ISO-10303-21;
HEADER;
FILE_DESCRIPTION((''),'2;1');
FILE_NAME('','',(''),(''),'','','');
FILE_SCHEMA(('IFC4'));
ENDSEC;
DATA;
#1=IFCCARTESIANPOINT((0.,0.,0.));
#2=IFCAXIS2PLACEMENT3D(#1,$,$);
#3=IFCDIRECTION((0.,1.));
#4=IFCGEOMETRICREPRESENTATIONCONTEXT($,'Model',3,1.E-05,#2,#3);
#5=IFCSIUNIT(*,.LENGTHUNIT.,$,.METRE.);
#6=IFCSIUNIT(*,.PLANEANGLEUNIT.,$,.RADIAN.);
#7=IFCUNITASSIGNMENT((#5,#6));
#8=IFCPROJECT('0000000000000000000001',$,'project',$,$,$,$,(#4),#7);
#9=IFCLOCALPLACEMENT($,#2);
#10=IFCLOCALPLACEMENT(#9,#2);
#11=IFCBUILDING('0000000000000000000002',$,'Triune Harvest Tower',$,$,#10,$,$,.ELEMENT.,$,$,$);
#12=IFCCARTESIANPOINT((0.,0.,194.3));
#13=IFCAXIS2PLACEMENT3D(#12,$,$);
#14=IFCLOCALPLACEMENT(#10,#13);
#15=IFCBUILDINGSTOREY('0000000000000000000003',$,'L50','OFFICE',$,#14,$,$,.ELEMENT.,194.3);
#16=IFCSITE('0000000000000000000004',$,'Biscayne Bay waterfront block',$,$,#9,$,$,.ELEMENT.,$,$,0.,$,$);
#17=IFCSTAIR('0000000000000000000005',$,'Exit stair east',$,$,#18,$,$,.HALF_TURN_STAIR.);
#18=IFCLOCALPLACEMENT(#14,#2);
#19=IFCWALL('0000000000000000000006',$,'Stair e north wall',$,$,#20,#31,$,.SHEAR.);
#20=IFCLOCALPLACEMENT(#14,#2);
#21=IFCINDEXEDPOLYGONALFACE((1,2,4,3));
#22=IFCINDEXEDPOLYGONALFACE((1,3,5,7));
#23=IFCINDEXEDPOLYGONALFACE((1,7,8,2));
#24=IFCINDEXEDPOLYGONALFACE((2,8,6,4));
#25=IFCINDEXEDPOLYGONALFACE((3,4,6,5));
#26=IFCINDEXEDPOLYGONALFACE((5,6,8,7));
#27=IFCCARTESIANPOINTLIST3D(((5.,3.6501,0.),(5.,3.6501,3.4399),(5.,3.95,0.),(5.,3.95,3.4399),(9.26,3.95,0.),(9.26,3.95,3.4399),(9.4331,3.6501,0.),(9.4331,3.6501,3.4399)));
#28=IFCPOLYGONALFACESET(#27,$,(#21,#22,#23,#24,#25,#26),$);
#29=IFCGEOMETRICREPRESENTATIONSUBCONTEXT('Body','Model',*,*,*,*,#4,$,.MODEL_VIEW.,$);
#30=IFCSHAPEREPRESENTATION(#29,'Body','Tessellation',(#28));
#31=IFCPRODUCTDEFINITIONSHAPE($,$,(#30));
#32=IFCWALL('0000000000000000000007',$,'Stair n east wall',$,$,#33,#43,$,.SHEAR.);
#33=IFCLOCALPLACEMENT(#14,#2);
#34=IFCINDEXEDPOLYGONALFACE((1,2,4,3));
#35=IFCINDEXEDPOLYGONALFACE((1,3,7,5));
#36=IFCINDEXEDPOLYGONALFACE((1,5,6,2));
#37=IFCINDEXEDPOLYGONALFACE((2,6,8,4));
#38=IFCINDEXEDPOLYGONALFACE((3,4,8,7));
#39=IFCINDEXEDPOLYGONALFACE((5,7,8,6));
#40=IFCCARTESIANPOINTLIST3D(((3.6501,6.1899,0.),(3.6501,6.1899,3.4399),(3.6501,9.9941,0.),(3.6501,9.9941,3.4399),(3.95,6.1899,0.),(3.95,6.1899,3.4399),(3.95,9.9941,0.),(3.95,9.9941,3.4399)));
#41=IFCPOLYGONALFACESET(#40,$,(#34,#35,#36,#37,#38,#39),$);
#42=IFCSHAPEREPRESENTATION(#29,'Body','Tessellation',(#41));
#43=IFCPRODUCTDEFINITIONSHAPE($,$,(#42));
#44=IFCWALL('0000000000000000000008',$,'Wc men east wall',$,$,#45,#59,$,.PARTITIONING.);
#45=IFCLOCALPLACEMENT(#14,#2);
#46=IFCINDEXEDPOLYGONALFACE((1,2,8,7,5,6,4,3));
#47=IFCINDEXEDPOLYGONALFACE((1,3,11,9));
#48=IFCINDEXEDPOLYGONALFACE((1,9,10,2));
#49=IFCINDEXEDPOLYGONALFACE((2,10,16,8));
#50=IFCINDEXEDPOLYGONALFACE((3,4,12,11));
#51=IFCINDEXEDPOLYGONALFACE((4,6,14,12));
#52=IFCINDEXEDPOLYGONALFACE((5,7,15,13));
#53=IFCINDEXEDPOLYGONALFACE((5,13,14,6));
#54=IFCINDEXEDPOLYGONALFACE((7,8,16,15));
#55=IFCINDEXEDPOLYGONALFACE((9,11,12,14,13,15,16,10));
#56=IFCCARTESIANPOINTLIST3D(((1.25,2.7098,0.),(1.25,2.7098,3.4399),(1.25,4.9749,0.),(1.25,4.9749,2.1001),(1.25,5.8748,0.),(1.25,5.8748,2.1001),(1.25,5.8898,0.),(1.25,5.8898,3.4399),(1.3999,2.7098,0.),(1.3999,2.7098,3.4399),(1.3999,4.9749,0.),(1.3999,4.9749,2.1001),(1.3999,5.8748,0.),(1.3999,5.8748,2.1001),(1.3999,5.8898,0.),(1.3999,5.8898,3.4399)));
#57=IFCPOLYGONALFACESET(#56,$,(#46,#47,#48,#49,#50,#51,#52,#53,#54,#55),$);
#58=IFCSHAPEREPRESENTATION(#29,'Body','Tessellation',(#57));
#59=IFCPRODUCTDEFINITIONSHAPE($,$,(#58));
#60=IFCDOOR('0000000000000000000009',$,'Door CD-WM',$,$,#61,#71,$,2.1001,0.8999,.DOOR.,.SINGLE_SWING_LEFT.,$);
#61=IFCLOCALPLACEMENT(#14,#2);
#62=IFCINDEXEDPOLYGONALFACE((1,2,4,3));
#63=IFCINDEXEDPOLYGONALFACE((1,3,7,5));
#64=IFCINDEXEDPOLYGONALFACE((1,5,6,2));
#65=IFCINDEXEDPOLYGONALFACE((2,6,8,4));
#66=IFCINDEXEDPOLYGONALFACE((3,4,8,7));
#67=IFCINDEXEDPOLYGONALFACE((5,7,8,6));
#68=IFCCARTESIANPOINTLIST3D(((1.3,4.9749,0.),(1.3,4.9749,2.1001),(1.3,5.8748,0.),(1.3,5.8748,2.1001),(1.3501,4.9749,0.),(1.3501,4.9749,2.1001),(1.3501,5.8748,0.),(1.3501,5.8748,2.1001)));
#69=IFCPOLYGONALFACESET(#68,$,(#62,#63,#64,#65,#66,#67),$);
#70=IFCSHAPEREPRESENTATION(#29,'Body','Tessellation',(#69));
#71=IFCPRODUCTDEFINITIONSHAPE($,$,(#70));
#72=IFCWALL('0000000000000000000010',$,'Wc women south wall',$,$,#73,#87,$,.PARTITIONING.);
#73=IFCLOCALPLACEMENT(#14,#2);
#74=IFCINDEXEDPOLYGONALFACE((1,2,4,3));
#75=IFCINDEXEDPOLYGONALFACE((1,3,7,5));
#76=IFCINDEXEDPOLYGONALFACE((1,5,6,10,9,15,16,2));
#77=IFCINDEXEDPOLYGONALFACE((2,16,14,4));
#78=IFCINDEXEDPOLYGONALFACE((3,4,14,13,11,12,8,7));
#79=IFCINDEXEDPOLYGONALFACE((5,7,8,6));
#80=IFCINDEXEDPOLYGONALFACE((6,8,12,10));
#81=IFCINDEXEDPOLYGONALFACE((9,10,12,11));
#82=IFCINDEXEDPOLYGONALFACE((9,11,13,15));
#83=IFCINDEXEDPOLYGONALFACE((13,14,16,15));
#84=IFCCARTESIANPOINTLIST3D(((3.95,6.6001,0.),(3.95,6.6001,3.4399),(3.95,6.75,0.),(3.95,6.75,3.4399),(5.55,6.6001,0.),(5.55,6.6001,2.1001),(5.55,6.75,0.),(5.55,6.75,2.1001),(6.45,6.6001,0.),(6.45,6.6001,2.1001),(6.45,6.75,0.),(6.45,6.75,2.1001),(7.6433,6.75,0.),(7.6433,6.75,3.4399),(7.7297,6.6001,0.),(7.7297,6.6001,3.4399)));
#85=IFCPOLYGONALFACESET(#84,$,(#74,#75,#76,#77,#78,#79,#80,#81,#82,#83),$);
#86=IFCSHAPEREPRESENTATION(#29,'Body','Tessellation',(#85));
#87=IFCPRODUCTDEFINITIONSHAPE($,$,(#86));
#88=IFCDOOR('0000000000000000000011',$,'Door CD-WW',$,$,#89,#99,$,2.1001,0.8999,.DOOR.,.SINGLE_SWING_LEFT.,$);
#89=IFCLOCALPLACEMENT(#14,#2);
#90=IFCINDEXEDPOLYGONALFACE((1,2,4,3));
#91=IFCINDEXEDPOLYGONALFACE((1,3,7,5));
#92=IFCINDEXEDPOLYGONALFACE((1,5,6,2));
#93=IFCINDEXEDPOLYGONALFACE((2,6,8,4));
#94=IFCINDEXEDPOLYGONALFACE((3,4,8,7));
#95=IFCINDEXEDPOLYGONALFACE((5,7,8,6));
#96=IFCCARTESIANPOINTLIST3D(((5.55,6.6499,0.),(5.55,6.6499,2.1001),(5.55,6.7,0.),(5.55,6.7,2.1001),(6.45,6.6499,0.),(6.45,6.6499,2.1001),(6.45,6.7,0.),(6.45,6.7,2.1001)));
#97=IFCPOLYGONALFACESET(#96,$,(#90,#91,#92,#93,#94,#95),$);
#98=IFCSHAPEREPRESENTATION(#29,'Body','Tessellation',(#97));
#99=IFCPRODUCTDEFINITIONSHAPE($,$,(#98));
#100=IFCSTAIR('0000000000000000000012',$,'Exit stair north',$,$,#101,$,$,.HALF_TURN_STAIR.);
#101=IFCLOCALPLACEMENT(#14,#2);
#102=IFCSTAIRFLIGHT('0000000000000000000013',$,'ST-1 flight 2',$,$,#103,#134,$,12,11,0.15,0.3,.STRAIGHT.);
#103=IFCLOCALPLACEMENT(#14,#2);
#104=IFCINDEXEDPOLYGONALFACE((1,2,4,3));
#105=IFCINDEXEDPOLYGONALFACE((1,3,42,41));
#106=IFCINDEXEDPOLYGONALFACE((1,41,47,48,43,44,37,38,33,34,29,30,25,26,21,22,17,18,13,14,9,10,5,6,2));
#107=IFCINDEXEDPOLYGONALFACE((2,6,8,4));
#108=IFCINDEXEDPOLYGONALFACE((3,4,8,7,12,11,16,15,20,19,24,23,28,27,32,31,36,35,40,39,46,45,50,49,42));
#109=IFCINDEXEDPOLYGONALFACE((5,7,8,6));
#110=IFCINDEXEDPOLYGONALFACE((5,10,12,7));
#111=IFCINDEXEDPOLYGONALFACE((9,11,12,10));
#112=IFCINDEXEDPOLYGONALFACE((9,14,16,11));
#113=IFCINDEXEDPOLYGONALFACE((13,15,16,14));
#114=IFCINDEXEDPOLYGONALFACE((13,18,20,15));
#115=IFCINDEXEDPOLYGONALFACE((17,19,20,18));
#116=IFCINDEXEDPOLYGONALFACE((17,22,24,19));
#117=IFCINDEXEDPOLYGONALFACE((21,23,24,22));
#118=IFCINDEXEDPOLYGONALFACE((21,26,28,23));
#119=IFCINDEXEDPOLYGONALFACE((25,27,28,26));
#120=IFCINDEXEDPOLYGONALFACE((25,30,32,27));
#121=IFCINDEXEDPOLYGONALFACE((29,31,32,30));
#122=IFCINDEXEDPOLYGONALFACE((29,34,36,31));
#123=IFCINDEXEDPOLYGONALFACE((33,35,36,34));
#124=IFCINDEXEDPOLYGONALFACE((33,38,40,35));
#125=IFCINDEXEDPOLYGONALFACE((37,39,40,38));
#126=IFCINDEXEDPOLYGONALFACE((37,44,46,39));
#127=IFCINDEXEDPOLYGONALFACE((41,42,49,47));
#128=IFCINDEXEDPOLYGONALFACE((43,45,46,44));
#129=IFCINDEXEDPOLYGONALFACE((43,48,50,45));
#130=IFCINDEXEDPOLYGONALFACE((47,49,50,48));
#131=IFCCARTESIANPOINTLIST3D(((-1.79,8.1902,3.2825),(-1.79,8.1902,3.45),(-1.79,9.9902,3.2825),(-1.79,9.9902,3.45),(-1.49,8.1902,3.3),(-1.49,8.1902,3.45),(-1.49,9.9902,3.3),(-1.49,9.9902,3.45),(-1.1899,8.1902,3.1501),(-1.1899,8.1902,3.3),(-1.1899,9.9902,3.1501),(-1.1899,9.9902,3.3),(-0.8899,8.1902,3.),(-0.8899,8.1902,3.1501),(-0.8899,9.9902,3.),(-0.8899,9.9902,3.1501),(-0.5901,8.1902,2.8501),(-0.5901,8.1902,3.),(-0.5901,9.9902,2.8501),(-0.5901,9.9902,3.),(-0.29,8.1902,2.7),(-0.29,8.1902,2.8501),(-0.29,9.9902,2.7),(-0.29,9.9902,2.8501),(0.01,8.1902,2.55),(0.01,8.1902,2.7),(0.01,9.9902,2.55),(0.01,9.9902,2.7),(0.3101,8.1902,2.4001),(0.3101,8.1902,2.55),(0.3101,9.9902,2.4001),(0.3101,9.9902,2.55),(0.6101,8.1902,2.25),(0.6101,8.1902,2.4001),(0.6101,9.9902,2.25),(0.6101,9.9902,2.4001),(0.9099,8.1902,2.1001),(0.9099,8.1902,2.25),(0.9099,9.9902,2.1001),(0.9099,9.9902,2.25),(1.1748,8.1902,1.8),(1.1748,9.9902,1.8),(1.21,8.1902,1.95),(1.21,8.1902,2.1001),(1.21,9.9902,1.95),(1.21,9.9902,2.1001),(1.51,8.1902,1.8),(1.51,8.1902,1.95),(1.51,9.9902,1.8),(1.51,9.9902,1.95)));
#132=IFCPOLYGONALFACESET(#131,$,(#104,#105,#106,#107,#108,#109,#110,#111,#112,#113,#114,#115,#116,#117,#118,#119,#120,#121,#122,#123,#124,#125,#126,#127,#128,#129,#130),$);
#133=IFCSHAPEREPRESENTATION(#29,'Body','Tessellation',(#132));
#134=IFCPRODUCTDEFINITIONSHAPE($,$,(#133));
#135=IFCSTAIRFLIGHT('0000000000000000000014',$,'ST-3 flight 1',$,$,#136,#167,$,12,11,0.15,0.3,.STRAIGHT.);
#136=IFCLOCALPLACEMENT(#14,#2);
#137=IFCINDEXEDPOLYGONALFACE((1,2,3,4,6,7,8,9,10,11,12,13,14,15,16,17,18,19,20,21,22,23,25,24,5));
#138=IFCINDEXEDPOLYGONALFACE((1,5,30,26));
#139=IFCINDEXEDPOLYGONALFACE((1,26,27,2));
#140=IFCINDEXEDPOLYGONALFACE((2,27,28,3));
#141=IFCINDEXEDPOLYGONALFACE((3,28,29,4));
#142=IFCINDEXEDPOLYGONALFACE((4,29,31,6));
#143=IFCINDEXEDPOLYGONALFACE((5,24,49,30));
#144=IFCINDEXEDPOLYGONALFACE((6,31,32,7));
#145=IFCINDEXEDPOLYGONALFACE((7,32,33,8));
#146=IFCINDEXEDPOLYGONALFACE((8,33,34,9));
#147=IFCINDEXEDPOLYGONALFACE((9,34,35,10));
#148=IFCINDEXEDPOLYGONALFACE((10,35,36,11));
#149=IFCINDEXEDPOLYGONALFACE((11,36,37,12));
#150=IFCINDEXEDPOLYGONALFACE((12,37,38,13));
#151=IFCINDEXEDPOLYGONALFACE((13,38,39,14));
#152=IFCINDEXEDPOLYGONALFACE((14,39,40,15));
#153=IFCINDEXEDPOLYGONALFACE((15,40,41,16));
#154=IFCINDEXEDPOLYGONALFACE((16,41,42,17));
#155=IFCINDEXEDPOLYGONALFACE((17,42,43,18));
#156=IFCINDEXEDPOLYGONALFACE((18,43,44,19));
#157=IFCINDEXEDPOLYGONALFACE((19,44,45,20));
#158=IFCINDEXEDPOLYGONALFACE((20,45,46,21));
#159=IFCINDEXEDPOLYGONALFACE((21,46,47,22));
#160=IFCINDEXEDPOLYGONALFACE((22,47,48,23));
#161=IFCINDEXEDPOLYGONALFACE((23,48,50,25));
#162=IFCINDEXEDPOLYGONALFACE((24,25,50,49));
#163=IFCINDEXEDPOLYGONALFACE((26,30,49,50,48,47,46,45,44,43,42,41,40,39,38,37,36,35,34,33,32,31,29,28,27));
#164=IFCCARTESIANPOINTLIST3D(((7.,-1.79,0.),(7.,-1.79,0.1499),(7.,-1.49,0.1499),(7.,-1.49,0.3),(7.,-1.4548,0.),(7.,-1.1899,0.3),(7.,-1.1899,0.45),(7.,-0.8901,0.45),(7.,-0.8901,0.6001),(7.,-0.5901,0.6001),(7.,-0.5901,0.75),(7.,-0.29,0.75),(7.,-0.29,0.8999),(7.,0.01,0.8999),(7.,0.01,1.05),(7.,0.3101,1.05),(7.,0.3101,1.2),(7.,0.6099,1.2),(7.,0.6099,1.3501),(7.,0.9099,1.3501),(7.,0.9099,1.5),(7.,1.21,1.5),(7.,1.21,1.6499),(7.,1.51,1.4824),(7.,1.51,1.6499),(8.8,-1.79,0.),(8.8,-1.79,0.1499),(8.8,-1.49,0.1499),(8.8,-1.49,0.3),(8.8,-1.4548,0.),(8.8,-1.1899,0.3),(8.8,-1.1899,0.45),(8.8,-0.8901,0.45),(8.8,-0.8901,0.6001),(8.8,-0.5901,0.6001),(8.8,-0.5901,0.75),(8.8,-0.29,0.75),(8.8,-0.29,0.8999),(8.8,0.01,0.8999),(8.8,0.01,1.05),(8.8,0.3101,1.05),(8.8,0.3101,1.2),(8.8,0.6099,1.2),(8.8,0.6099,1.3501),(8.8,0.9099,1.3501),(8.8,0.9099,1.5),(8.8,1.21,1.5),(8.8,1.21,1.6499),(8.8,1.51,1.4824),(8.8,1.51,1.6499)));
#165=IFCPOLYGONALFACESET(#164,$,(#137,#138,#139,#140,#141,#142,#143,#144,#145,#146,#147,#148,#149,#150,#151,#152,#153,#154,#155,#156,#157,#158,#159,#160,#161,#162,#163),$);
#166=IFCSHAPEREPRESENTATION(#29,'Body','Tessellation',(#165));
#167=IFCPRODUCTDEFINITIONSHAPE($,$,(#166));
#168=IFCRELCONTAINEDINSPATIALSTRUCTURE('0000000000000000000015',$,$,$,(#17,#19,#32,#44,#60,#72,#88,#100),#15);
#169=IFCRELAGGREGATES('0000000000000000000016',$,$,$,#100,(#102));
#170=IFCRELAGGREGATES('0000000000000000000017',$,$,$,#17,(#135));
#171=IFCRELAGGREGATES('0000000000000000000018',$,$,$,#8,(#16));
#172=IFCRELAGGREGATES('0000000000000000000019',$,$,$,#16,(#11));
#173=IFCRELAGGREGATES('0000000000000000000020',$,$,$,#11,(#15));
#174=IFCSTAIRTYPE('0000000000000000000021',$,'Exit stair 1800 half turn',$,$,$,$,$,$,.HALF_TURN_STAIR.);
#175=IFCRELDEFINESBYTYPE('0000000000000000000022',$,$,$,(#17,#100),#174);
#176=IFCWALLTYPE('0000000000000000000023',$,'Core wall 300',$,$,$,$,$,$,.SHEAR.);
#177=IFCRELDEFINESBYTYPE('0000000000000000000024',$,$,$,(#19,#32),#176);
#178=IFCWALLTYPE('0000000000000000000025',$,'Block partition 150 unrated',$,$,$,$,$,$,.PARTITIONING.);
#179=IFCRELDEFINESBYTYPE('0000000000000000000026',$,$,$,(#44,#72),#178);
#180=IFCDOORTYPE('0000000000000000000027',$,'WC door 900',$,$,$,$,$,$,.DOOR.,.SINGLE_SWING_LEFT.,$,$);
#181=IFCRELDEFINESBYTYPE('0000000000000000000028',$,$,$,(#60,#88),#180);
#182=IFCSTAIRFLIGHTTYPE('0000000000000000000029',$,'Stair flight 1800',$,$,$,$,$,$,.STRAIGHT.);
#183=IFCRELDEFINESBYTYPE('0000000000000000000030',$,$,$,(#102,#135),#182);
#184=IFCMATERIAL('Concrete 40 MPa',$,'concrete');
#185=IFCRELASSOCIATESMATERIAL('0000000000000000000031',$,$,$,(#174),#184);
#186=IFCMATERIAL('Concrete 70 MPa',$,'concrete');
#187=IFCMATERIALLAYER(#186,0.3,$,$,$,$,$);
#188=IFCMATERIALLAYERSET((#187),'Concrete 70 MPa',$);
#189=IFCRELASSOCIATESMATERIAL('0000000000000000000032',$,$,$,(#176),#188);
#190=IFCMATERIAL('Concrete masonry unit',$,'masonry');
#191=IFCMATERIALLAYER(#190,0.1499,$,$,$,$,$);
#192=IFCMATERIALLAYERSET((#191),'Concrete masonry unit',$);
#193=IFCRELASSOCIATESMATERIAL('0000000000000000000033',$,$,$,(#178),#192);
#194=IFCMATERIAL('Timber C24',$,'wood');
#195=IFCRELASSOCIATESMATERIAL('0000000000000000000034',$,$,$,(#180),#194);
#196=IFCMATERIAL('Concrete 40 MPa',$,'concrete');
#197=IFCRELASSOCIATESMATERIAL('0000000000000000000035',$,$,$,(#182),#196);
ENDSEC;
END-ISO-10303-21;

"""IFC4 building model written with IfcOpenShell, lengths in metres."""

from ifc_helpers import new_model, si_unit, direction, frame, frame_2d, origin, place, context, subcontext, project, spatial, polyline, rectangle, outline, extrude, source, transform, mapped, material, layer, layer_set, type_object, element, fill, aggregate, save


model = new_model("IFC4")

# Units and contexts
model_context = context("Model", 3, precision=1e-05, world=origin(), true_north=direction((0.0, 1.0)))
body_context = subcontext(model_context, "Body", "Model", "MODEL_VIEW")
ifc_project = project(units=[si_unit("LENGTHUNIT", "METRE"), si_unit("PLANEANGLEUNIT", "RADIAN")], contexts=[model_context])

# Site, building, storey
site_placement = place(None, origin())
site = spatial("IfcSite", under=ifc_project, at=site_placement, Name="Biscayne Bay waterfront block", CompositionType="ELEMENT", RefElevation=0.0)
building_placement = place(site_placement, origin())
building = spatial("IfcBuilding", under=site, at=building_placement, Name="Triune Harvest Tower", CompositionType="ELEMENT")
storey_placement = place(building_placement, frame((0.0, 0.0, 194.3)))
storey = spatial("IfcBuildingStorey", under=building, at=storey_placement, Name="L50", Description="OFFICE", CompositionType="ELEMENT", Elevation=194.3)

# Shared definitions
ifc_material_1 = material(Name="Concrete 40 MPa", Category="concrete")
stair_type = type_object("IfcStairType", Name="Exit stair 1800 half turn", PredefinedType="HALF_TURN_STAIR", material=ifc_material_1)

# Stair
stair_1_placement = place(storey_placement, origin())
stair_1 = element("IfcStair", 1, at=stair_1_placement, inside=storey, type_object=stair_type, Name="Exit stair east", PredefinedType="HALF_TURN_STAIR")

# Shared definitions
ifc_material_2 = material(Name="Concrete 70 MPa", Category="concrete")
ifc_layer_1 = layer(ifc_material_2, 0.3)
ifc_layer_set_1 = layer_set([ifc_layer_1], Name="Concrete 70 MPa")
wall_type_1 = type_object("IfcWallType", Name="Core wall 300", PredefinedType="SHEAR", material=ifc_layer_set_1)

# Walls
shared_shape_1 = source(origin(), body_context, "Body", "SweptSolid", [
    extrude(outline(polyline([(0.0, -0.1499), (0.0, 0.1499), (4.26, 0.1499), (4.4331, -0.1499), (0.0, -0.1499)])), origin(), (0.0, 0.0, 1.0), 3.4399),
])
wall_1_placement = place(storey_placement, frame((5.0, 3.8, 0.0), z_axis=(0.0, 0.0, 1.0), x_axis=(1.0, 0.0, 0.0)))
element("IfcWall", 2, at=wall_1_placement, inside=storey, type_object=wall_type_1, Name="Stair e north wall", PredefinedType="SHEAR", context=body_context, shape_type="MappedRepresentation", body=[
    mapped(shared_shape_1, transform((0.0, 0.0, 0.0), scale=1.0)),
])
shared_shape_2 = source(origin(), body_context, "Body", "SweptSolid", [
    extrude(outline(polyline([(0.0, -0.1499), (0.0, 0.1499), (3.8042, 0.1499), (3.8042, -0.1499), (0.0, -0.1499)])), origin(), (0.0, 0.0, 1.0), 3.4399),
])
wall_2_placement = place(storey_placement, frame((3.8, 6.1899, 0.0), z_axis=(0.0, 0.0, 1.0), x_axis=(0.0, 1.0, 0.0)))
element("IfcWall", 3, at=wall_2_placement, inside=storey, type_object=wall_type_1, Name="Stair n east wall", PredefinedType="SHEAR", context=body_context, shape_type="MappedRepresentation", body=[
    mapped(shared_shape_2, transform((0.0, 0.0, 0.0), scale=1.0)),
])

# Walls, openings, doors
ifc_material_3 = material(Name="Concrete masonry unit", Category="masonry")
ifc_layer_2 = layer(ifc_material_3, 0.1499)
ifc_layer_set_2 = layer_set([ifc_layer_2], Name="Concrete masonry unit")
wall_type_2 = type_object("IfcWallType", Name="Block partition 150 unrated", PredefinedType="PARTITIONING", material=ifc_layer_set_2)
shared_shape_3 = source(origin(), body_context, "Body", "SweptSolid", [
    extrude(rectangle(XDim=3.1799, YDim=0.1499, at=frame_2d((1.5898, 0.0))), origin(), (0.0, 0.0, 1.0), 3.4399),
])
wall_3_placement = place(storey_placement, frame((1.325, 2.71, 0.0), z_axis=(0.0, 0.0, 1.0), x_axis=(0.0, 1.0, 0.0)))
wall_3 = element("IfcWall", 4, at=wall_3_placement, inside=storey, type_object=wall_type_2, Name="Wc men east wall", PredefinedType="PARTITIONING", context=body_context, shape_type="MappedRepresentation", body=[
    mapped(shared_shape_3, transform((0.0, 0.0, 0.0), scale=1.0)),
])
opening_1_placement = place(wall_3_placement, frame((2.2649, 0.0, 0.0)))
opening_1 = element("IfcOpeningElement", 5, at=opening_1_placement, cuts=wall_3, PredefinedType="OPENING", context=body_context, shape_type="SweptSolid", body=[
    extrude(rectangle(XDim=0.8999, YDim=2.1001, at=frame_2d((0.45, 1.05))), frame((0.0, 0.085, 0.0), z_axis=(0.0, -1.0, 0.0), x_axis=(1.0, 0.0, 0.0)), (0.0, 0.0, 1.0), 0.1699),
])
ifc_material_4 = material(Name="Timber C24", Category="wood")
door_type_1 = type_object("IfcDoorType", Name="WC door 900", OperationType="SINGLE_SWING_LEFT", PredefinedType="DOOR", material=ifc_material_4)
door_1_placement = place(opening_1_placement, origin())
door_1 = element("IfcDoor", 6, at=door_1_placement, inside=storey, type_object=door_type_1, Name="Door CD-WM", OperationType="SINGLE_SWING_LEFT", OverallHeight=2.1001, OverallWidth=0.8999, PredefinedType="DOOR", context=body_context, shape_type="SweptSolid", body=[
    extrude(rectangle(XDim=0.8999, YDim=2.1001, at=frame_2d((0.45, 1.05))), frame((0.0, 0.0249, 0.0), z_axis=(0.0, -1.0, 0.0), x_axis=(1.0, 0.0, 0.0)), (0.0, 0.0, 1.0), 0.05),
])
fill(opening_1, door_1)
shared_shape_4 = source(origin(), body_context, "Body", "SweptSolid", [
    extrude(outline(polyline([(0.0, -0.075), (0.0, 0.075), (3.6934, 0.075), (3.7798, -0.075), (0.0, -0.075)])), origin(), (0.0, 0.0, 1.0), 3.4399),
])
wall_4_placement = place(storey_placement, frame((3.95, 6.675, 0.0), z_axis=(0.0, 0.0, 1.0), x_axis=(1.0, 0.0, 0.0)))
wall_4 = element("IfcWall", 7, at=wall_4_placement, inside=storey, type_object=wall_type_2, Name="Wc women south wall", PredefinedType="PARTITIONING", context=body_context, shape_type="MappedRepresentation", body=[
    mapped(shared_shape_4, transform((0.0, 0.0, 0.0), scale=1.0)),
])
opening_2_placement = place(wall_4_placement, frame((1.6001, 0.0, 0.0)))
opening_2 = element("IfcOpeningElement", 8, at=opening_2_placement, cuts=wall_4, PredefinedType="OPENING", context=body_context, shape_type="SweptSolid", body=[
    extrude(rectangle(XDim=0.8999, YDim=2.1001, at=frame_2d((0.45, 1.05))), frame((0.0, 0.085, 0.0), z_axis=(0.0, -1.0, 0.0), x_axis=(1.0, 0.0, 0.0)), (0.0, 0.0, 1.0), 0.1699),
])
door_2_placement = place(opening_2_placement, origin())
door_2 = element("IfcDoor", 9, at=door_2_placement, inside=storey, type_object=door_type_1, Name="Door CD-WW", OperationType="SINGLE_SWING_LEFT", OverallHeight=2.1001, OverallWidth=0.8999, PredefinedType="DOOR", context=body_context, shape_type="SweptSolid", body=[
    extrude(rectangle(XDim=0.8999, YDim=2.1001, at=frame_2d((0.45, 1.05))), frame((0.0, 0.0249, 0.0), z_axis=(0.0, -1.0, 0.0), x_axis=(1.0, 0.0, 0.0)), (0.0, 0.0, 1.0), 0.05),
])
fill(opening_2, door_2)

# Stair, stair flight
stair_2_placement = place(storey_placement, origin())
stair_2 = element("IfcStair", 10, at=stair_2_placement, inside=storey, type_object=stair_type, Name="Exit stair north", PredefinedType="HALF_TURN_STAIR")
ifc_material_5 = material(Name="Concrete 40 MPa", Category="concrete")
stair_flight_type = type_object("IfcStairFlightType", Name="Stair flight 1800", PredefinedType="STRAIGHT", material=ifc_material_5)
shared_shape_5 = source(origin(), body_context, "Body", "SweptSolid", [
    extrude(outline(polyline([(0.0, 0.0), (0.0, 0.1499), (0.3, 0.1499), (0.3, 0.3), (0.6001, 0.3), (0.6001, 0.45), (0.8999, 0.45), (0.8999, 0.6001), (1.2, 0.6001), (1.2, 0.75), (1.5, 0.75), (1.5, 0.8999), (1.8, 0.8999), (1.8, 1.05), (2.1001, 1.05), (2.1001, 1.2), (2.3999, 1.2), (2.3999, 1.3501), (2.7, 1.3501), (2.7, 1.5), (3.0, 1.5), (3.0, 1.6499), (3.3, 1.6499), (3.3, 1.8), (3.3, 1.4824), (0.3352, 0.0), (0.0, 0.0)])), frame((0.0, 0.8999, 0.0), z_axis=(0.0, -1.0, 0.0), x_axis=(1.0, 0.0, 0.0)), (0.0, 0.0, 1.0), 1.8),
])
stair_flight_1_placement = place(storey_placement, frame((1.51, 9.0901, 1.8), z_axis=(0.0, 0.0, 1.0), x_axis=(-1.0, 0.0, 0.0)))
stair_flight_1 = element("IfcStairFlight", 11, at=stair_flight_1_placement, type_object=stair_flight_type, Name="ST-1 flight 2", NumberOfRisers=12, NumberOfTreads=11, PredefinedType="STRAIGHT", RiserHeight=0.15, TreadLength=0.3, context=body_context, shape_type="MappedRepresentation", body=[
    mapped(shared_shape_5, transform((0.0, 0.0, 0.0), scale=1.0)),
])
aggregate(stair_2, [stair_flight_1])

# Stair flight
stair_flight_2_placement = place(storey_placement, frame((7.8999, -1.79, 0.0), z_axis=(0.0, 0.0, 1.0), x_axis=(0.0, 1.0, 0.0)))
stair_flight_2 = element("IfcStairFlight", 12, at=stair_flight_2_placement, type_object=stair_flight_type, Name="ST-3 flight 1", NumberOfRisers=12, NumberOfTreads=11, PredefinedType="STRAIGHT", RiserHeight=0.15, TreadLength=0.3, context=body_context, shape_type="MappedRepresentation", body=[
    mapped(shared_shape_5, transform((0.0, 0.0, 0.0), scale=1.0)),
])
aggregate(stair_1, [stair_flight_2])

save(model, "model.ifc")
